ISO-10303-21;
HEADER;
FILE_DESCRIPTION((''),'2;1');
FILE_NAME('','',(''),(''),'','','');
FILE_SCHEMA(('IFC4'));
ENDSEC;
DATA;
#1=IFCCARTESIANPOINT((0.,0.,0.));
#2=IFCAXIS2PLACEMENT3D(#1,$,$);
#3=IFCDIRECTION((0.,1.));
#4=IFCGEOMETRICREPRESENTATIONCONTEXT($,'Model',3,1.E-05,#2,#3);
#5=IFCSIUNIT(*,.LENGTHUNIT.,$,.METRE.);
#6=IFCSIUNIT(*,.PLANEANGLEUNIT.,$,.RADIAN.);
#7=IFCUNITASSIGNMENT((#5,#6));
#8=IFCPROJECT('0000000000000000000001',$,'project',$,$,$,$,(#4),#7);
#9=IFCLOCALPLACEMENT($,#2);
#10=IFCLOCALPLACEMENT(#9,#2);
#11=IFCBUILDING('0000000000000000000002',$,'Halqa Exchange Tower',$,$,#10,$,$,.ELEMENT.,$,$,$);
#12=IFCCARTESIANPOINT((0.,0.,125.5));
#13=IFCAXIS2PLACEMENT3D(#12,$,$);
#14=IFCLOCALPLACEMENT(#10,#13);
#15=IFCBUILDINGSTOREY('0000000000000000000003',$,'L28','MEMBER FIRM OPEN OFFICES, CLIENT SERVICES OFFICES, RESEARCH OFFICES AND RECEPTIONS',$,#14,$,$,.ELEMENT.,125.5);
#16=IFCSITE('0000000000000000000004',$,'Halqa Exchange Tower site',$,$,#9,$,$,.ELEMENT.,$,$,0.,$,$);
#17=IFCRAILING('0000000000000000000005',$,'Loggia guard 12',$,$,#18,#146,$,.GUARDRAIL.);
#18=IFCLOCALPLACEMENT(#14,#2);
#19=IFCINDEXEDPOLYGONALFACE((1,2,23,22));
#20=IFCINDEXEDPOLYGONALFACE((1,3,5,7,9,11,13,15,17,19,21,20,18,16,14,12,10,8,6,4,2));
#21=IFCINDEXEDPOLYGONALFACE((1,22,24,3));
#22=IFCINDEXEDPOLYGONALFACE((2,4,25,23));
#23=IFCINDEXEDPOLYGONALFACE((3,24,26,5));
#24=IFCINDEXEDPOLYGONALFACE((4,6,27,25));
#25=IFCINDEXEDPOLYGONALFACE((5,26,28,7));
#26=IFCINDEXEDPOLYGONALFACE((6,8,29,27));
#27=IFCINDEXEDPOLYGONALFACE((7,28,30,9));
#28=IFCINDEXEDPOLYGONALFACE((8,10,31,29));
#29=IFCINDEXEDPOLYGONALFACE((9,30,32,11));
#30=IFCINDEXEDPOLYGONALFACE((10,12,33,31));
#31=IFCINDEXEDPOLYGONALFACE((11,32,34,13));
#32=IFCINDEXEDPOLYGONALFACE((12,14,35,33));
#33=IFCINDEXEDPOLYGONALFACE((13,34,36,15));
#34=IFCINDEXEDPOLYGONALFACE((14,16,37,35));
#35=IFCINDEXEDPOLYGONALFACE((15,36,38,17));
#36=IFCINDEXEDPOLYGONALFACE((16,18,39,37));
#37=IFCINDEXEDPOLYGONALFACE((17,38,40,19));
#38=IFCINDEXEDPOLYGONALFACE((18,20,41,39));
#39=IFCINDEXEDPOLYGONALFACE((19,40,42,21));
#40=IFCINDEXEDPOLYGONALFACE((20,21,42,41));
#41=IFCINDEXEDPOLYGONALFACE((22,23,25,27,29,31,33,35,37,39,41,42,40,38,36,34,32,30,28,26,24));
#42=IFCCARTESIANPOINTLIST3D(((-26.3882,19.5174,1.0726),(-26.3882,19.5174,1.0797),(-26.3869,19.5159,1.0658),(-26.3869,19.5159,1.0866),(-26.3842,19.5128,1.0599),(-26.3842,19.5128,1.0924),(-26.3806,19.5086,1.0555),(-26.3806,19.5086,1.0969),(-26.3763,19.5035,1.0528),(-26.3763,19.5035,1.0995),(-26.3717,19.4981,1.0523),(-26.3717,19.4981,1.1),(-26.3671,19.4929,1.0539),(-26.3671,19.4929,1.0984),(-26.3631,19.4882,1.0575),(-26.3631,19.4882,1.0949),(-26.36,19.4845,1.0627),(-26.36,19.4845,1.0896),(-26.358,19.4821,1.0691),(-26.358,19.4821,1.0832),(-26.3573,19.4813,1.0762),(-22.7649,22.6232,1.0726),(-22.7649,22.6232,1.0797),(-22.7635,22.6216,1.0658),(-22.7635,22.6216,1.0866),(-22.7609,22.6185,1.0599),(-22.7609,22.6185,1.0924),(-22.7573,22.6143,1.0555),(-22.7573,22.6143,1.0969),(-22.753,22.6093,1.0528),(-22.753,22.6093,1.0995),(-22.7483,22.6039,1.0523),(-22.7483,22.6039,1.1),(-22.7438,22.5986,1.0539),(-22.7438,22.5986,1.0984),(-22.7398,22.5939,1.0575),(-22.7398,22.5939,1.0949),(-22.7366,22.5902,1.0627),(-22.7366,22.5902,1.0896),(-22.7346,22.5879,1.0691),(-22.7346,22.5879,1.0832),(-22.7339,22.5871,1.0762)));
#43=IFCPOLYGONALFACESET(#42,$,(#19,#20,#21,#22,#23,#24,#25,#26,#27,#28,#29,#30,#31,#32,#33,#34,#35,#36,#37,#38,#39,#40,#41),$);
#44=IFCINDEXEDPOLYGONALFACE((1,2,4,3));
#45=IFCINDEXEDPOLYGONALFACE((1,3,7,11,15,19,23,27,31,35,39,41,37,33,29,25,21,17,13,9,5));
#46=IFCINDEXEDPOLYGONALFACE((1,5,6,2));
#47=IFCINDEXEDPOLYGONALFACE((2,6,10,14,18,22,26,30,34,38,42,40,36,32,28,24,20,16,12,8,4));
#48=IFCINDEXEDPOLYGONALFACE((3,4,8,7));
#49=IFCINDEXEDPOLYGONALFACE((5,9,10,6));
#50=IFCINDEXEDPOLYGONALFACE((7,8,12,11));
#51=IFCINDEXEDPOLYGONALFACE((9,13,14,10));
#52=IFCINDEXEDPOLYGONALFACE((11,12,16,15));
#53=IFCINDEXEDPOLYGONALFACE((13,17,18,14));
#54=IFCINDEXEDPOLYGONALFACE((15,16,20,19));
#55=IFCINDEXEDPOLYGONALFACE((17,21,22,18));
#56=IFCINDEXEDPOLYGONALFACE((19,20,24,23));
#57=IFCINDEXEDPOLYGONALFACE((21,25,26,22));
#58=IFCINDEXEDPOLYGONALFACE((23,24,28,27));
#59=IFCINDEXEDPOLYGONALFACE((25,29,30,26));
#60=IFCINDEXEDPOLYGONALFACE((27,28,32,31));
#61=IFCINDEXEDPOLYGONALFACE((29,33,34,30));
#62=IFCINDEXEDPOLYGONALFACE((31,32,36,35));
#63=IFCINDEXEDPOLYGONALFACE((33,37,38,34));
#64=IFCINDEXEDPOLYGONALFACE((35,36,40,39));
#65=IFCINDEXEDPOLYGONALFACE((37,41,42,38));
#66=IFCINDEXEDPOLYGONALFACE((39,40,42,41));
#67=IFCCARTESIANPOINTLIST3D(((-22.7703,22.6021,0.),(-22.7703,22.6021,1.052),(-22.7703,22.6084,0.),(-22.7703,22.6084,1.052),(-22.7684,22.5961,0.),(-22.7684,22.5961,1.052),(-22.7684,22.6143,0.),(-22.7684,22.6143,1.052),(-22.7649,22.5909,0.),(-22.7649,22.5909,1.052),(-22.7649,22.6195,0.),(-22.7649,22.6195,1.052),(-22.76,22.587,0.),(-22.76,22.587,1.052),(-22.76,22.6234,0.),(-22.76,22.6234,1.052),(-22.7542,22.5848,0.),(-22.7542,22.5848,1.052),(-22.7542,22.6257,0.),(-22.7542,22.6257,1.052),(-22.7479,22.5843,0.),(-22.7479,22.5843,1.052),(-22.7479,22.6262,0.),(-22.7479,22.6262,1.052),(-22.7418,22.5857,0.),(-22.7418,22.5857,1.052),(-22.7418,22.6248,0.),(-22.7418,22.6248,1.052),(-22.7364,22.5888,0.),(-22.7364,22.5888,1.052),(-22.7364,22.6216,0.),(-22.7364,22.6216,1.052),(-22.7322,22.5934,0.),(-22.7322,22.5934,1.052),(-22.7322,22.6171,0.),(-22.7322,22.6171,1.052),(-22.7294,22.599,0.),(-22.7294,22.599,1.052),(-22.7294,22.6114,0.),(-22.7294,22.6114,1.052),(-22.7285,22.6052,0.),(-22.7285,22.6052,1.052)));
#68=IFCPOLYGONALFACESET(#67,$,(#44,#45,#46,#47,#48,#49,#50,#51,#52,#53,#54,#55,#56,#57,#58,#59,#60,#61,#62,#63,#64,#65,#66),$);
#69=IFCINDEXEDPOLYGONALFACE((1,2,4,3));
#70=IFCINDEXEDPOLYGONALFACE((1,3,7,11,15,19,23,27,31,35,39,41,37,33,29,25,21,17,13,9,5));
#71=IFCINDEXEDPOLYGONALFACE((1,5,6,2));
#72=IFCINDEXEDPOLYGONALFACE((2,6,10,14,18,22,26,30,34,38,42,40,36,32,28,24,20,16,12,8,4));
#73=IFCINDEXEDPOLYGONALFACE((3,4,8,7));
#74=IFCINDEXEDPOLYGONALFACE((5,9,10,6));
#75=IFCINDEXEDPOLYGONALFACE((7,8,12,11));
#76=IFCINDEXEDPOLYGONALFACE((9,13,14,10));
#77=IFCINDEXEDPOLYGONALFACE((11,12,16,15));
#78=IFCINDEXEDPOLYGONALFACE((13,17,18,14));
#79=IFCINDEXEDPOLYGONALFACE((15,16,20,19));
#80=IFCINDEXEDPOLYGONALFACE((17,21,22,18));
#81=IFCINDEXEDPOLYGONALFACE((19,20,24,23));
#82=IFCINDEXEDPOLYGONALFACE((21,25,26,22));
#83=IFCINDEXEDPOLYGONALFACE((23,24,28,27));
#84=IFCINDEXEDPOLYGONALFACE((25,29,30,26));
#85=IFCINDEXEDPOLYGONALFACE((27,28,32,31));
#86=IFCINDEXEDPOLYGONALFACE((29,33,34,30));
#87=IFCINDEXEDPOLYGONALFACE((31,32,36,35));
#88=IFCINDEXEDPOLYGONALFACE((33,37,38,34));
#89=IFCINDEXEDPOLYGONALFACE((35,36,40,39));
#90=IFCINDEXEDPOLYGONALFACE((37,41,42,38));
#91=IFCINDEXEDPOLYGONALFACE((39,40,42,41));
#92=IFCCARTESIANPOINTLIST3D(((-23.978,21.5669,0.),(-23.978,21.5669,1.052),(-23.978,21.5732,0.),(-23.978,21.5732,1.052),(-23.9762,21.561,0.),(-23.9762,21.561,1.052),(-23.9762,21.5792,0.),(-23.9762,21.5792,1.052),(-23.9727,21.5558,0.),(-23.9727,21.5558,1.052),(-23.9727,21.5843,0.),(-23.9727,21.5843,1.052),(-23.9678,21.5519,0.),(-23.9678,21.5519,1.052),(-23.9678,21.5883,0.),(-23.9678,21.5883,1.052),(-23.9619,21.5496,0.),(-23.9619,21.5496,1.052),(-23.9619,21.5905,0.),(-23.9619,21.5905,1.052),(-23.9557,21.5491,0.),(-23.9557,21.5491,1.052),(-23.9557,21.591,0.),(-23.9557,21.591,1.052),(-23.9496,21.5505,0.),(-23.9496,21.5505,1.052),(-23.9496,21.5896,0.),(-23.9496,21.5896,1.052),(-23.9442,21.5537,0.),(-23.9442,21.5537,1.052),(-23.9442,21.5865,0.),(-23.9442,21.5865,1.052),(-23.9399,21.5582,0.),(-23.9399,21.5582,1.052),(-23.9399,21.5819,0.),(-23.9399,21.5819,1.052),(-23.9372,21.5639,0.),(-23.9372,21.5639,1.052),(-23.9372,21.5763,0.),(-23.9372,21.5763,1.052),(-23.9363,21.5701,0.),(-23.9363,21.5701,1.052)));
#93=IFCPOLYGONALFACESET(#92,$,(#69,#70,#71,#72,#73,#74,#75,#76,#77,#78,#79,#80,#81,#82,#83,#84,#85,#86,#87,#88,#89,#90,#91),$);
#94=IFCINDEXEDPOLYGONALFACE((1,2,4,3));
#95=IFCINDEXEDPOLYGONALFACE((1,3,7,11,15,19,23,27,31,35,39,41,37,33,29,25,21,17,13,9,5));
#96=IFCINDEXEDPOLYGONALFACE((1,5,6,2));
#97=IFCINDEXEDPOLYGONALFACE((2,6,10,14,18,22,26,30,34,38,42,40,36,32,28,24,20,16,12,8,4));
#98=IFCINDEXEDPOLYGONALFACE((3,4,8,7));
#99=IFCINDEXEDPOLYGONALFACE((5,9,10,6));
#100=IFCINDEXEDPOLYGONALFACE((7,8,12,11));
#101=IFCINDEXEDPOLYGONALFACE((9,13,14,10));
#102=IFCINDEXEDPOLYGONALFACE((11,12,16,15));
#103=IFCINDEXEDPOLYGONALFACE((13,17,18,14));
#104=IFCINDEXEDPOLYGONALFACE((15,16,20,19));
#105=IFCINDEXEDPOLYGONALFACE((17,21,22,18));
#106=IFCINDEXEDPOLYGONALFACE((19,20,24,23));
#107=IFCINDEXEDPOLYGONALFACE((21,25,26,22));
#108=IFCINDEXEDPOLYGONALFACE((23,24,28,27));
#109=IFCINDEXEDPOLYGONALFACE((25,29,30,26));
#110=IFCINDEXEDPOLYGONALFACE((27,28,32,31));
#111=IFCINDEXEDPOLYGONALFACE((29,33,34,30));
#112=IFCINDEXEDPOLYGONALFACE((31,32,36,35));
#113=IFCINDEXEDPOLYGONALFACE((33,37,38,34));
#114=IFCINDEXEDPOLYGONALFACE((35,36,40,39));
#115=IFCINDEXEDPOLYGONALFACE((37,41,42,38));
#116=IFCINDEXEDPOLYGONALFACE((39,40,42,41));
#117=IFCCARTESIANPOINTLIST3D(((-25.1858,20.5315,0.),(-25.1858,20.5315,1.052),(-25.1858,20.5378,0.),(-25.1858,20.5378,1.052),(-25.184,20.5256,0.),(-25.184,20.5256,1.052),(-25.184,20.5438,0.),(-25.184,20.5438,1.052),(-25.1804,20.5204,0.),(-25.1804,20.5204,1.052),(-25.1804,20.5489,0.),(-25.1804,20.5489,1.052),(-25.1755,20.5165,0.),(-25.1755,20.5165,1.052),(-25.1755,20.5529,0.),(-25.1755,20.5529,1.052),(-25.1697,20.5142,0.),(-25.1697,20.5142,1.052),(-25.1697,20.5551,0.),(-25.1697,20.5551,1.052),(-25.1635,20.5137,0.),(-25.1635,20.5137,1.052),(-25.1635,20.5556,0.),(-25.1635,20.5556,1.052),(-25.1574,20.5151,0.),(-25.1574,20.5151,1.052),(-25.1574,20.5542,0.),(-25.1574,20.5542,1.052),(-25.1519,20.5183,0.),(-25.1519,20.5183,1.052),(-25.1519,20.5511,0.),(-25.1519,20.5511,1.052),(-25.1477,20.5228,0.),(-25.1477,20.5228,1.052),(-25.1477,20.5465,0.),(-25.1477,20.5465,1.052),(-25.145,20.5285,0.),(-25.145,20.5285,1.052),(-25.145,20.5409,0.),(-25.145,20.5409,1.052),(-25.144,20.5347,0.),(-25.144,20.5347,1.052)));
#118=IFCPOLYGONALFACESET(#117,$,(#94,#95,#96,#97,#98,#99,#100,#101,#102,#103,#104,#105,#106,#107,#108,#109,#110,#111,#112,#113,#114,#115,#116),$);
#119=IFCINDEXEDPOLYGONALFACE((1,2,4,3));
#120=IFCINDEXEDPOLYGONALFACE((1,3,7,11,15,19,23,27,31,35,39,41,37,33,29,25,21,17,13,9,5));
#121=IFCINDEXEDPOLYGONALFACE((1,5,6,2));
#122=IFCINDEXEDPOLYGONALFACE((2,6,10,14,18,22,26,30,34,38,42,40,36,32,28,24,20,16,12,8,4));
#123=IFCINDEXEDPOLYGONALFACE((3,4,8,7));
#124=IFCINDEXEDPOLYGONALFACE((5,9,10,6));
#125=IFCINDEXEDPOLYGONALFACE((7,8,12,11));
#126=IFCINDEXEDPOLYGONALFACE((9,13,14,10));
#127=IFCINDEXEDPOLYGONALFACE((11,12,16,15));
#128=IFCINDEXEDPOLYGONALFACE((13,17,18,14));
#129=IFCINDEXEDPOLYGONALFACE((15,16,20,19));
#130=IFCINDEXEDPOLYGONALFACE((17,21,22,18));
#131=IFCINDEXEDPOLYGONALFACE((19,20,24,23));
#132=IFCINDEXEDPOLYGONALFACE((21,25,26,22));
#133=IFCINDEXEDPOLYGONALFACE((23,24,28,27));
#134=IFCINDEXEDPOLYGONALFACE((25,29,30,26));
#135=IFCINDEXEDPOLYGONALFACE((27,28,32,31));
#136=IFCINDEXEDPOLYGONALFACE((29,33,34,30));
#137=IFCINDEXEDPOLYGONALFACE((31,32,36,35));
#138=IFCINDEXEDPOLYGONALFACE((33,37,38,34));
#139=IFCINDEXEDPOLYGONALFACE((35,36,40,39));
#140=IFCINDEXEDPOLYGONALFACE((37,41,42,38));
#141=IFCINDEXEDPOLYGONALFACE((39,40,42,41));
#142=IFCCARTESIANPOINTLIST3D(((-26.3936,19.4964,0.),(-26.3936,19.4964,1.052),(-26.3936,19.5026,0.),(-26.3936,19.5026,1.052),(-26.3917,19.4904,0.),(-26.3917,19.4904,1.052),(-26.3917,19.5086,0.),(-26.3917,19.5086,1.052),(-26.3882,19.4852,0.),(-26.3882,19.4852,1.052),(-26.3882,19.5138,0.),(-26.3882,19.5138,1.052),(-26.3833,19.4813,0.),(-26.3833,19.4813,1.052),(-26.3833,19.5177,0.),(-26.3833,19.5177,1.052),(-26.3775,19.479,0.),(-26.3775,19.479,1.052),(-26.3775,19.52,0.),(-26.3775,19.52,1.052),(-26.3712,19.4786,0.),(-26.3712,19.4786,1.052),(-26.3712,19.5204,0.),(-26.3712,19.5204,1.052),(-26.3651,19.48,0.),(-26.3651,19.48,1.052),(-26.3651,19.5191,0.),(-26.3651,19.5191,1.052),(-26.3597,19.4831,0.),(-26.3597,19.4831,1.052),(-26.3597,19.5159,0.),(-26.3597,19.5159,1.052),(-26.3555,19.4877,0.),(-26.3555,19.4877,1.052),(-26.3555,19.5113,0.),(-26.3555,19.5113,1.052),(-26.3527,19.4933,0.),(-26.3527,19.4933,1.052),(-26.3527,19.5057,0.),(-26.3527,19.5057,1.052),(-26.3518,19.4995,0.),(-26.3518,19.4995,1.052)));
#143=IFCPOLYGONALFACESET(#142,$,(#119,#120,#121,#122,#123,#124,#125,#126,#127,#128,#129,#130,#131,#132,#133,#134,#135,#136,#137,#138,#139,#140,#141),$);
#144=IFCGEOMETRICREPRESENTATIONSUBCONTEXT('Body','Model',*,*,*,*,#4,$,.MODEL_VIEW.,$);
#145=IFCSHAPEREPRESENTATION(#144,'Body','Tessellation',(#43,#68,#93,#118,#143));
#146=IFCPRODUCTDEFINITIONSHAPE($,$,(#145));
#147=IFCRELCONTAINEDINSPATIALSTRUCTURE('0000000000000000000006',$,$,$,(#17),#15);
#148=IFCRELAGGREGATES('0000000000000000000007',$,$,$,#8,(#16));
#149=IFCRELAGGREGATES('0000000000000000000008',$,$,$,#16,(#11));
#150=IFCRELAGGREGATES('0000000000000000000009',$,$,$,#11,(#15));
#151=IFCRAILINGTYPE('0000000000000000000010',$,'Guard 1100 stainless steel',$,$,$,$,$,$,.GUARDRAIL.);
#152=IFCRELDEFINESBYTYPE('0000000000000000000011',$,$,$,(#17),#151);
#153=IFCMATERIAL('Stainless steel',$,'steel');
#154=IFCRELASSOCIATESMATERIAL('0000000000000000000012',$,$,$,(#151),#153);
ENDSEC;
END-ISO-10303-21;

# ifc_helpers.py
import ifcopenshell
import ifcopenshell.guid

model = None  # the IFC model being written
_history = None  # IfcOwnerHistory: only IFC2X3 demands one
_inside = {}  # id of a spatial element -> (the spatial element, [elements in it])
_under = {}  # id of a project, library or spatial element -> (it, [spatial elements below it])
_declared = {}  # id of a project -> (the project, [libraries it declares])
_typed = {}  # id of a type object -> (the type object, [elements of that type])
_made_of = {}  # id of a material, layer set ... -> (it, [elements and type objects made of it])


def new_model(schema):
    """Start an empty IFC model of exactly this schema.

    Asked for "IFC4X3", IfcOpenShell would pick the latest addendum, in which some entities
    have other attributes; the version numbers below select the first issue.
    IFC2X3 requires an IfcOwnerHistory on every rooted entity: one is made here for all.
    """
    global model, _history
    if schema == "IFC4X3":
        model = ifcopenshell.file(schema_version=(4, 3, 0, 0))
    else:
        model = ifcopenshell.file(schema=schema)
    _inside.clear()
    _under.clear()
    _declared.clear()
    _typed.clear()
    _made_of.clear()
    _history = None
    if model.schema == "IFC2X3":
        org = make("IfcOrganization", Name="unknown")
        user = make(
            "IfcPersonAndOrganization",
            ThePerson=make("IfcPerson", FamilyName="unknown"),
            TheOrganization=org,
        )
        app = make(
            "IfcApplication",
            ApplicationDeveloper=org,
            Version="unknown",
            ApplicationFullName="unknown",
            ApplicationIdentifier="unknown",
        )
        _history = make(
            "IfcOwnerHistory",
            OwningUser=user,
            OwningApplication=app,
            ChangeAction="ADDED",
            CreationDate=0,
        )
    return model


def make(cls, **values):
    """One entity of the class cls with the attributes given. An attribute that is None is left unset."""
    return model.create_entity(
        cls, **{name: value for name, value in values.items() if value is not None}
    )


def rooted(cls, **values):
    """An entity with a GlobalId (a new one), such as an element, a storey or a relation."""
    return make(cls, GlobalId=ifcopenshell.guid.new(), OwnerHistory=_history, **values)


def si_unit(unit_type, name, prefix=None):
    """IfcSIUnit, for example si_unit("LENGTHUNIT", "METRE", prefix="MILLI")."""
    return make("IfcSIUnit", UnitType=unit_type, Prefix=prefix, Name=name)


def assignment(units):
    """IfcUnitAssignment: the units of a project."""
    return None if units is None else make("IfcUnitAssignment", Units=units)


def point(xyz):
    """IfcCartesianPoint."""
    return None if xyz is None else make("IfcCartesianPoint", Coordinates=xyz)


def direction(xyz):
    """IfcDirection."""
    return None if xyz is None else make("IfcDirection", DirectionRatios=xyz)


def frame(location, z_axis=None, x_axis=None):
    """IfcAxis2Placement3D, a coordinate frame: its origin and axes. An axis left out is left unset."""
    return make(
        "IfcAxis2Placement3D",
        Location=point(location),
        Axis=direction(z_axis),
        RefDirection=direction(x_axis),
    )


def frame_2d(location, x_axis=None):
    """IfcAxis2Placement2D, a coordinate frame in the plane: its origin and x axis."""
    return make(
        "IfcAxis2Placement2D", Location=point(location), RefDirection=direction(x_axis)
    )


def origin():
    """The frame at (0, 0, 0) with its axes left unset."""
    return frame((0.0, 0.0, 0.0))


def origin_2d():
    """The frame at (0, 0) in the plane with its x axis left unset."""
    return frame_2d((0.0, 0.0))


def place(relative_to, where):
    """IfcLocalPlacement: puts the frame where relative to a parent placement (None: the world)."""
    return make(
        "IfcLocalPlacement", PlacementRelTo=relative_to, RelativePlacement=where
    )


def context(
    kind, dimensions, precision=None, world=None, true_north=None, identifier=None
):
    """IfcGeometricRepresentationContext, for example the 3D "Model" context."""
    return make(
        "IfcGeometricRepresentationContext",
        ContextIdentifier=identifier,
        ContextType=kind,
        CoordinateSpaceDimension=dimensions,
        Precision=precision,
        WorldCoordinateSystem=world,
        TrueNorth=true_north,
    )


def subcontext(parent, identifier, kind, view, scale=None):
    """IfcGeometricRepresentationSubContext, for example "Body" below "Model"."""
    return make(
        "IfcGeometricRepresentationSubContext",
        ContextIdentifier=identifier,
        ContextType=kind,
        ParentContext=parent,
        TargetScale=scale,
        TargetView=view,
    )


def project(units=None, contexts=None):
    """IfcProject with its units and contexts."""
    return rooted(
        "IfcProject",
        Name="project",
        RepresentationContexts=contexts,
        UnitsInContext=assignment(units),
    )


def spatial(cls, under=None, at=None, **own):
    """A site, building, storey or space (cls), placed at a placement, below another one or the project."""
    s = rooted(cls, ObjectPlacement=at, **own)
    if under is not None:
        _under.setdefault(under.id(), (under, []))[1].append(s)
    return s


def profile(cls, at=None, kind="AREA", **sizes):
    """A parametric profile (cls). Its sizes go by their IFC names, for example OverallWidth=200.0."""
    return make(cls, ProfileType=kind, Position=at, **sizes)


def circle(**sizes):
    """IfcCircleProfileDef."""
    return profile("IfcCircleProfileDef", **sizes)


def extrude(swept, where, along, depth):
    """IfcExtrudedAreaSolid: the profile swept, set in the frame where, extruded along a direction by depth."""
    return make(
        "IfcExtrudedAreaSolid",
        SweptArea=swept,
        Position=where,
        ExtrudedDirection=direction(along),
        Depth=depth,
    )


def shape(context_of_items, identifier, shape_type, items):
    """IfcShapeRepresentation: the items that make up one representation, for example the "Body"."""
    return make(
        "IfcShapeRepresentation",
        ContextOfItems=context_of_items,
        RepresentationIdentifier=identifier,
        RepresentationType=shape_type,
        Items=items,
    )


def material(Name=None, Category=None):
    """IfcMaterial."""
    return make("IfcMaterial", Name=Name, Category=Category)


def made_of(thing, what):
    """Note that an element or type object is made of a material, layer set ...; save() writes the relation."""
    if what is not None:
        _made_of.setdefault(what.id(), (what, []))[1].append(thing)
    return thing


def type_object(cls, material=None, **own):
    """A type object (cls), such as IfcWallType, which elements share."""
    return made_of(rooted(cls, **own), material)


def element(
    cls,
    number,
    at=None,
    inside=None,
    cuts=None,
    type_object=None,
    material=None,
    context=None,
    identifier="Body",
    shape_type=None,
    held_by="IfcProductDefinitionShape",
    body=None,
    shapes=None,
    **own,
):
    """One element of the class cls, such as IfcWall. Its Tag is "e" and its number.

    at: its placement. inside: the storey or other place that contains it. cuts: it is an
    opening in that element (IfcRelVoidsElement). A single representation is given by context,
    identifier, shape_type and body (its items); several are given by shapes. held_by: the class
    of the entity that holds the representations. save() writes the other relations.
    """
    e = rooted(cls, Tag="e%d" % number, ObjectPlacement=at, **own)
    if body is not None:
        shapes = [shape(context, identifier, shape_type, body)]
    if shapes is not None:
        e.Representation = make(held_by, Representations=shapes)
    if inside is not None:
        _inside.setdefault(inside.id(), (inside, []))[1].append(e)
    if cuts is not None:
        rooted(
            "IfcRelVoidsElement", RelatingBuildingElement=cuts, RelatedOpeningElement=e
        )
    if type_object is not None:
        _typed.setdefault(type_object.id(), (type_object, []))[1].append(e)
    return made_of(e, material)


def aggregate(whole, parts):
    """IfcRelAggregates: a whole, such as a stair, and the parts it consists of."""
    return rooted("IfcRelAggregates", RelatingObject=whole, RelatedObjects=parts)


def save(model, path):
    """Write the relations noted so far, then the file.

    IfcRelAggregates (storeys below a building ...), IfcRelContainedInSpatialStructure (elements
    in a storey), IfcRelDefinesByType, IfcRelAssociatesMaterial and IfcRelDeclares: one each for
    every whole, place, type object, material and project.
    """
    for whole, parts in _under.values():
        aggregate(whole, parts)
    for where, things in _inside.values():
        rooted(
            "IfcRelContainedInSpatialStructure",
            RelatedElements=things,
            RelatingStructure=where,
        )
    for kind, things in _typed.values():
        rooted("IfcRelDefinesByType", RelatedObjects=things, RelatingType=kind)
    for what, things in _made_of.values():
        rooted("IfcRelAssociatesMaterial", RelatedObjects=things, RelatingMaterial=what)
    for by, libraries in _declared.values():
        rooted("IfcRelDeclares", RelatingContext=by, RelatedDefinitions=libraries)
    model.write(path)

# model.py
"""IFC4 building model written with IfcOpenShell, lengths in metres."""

from ifc_helpers import new_model, si_unit, direction, frame, origin, origin_2d, place, context, subcontext, project, spatial, circle, extrude, material, type_object, element, save


model = new_model("IFC4")

# Units and contexts
model_context = context("Model", 3, precision=1e-05, world=origin(), true_north=direction((0.0, 1.0)))
body_context = subcontext(model_context, "Body", "Model", "MODEL_VIEW")
ifc_project = project(units=[si_unit("LENGTHUNIT", "METRE"), si_unit("PLANEANGLEUNIT", "RADIAN")], contexts=[model_context])

# Site, building, storey
site_placement = place(None, origin())
site = spatial("IfcSite", under=ifc_project, at=site_placement, Name="Halqa Exchange Tower site", CompositionType="ELEMENT", RefElevation=0.0)
building_placement = place(site_placement, origin())
building = spatial("IfcBuilding", under=site, at=building_placement, Name="Halqa Exchange Tower", CompositionType="ELEMENT")
storey_placement = place(building_placement, frame((0.0, 0.0, 125.5)))
storey = spatial("IfcBuildingStorey", under=building, at=storey_placement, Name="L28", Description="MEMBER FIRM OPEN OFFICES, CLIENT SERVICES OFFICES, RESEARCH OFFICES AND RECEPTIONS", CompositionType="ELEMENT", Elevation=125.5)

# Railing
ifc_material_1 = material(Name="Stainless steel", Category="steel")
railing_type = type_object("IfcRailingType", Name="Guard 1100 stainless steel", PredefinedType="GUARDRAIL", material=ifc_material_1)
railing_1_placement = place(storey_placement, frame((-22.7495, 22.6052, 0.0)))
element("IfcRailing", 1, at=railing_1_placement, inside=storey, type_object=railing_type, Name="Loggia guard 12", PredefinedType="GUARDRAIL", context=body_context, shape_type="SweptSolid", body=[
    extrude(circle(Radius=0.0239, at=origin_2d()), frame((0.0, 0.0, 1.0762), z_axis=(-0.759253, -0.650796, 0.0), x_axis=(0.650796, -0.759253, 0.0)), (0.0, 0.0, 1.0), 4.7722),
    extrude(circle(Radius=0.021, at=origin_2d()), origin(), (0.0, 0.0, 1.0), 1.052),
    extrude(circle(Radius=0.021, at=origin_2d()), frame((-1.2078, -1.0352, 0.0)), (0.0, 0.0, 1.0), 1.052),
    extrude(circle(Radius=0.021, at=origin_2d()), frame((-2.4155, -2.0706, 0.0)), (0.0, 0.0, 1.0), 1.052),
    extrude(circle(Radius=0.021, at=origin_2d()), frame((-3.6233, -3.1057, 0.0)), (0.0, 0.0, 1.0), 1.052),
])

save(model, "model.ifc")
